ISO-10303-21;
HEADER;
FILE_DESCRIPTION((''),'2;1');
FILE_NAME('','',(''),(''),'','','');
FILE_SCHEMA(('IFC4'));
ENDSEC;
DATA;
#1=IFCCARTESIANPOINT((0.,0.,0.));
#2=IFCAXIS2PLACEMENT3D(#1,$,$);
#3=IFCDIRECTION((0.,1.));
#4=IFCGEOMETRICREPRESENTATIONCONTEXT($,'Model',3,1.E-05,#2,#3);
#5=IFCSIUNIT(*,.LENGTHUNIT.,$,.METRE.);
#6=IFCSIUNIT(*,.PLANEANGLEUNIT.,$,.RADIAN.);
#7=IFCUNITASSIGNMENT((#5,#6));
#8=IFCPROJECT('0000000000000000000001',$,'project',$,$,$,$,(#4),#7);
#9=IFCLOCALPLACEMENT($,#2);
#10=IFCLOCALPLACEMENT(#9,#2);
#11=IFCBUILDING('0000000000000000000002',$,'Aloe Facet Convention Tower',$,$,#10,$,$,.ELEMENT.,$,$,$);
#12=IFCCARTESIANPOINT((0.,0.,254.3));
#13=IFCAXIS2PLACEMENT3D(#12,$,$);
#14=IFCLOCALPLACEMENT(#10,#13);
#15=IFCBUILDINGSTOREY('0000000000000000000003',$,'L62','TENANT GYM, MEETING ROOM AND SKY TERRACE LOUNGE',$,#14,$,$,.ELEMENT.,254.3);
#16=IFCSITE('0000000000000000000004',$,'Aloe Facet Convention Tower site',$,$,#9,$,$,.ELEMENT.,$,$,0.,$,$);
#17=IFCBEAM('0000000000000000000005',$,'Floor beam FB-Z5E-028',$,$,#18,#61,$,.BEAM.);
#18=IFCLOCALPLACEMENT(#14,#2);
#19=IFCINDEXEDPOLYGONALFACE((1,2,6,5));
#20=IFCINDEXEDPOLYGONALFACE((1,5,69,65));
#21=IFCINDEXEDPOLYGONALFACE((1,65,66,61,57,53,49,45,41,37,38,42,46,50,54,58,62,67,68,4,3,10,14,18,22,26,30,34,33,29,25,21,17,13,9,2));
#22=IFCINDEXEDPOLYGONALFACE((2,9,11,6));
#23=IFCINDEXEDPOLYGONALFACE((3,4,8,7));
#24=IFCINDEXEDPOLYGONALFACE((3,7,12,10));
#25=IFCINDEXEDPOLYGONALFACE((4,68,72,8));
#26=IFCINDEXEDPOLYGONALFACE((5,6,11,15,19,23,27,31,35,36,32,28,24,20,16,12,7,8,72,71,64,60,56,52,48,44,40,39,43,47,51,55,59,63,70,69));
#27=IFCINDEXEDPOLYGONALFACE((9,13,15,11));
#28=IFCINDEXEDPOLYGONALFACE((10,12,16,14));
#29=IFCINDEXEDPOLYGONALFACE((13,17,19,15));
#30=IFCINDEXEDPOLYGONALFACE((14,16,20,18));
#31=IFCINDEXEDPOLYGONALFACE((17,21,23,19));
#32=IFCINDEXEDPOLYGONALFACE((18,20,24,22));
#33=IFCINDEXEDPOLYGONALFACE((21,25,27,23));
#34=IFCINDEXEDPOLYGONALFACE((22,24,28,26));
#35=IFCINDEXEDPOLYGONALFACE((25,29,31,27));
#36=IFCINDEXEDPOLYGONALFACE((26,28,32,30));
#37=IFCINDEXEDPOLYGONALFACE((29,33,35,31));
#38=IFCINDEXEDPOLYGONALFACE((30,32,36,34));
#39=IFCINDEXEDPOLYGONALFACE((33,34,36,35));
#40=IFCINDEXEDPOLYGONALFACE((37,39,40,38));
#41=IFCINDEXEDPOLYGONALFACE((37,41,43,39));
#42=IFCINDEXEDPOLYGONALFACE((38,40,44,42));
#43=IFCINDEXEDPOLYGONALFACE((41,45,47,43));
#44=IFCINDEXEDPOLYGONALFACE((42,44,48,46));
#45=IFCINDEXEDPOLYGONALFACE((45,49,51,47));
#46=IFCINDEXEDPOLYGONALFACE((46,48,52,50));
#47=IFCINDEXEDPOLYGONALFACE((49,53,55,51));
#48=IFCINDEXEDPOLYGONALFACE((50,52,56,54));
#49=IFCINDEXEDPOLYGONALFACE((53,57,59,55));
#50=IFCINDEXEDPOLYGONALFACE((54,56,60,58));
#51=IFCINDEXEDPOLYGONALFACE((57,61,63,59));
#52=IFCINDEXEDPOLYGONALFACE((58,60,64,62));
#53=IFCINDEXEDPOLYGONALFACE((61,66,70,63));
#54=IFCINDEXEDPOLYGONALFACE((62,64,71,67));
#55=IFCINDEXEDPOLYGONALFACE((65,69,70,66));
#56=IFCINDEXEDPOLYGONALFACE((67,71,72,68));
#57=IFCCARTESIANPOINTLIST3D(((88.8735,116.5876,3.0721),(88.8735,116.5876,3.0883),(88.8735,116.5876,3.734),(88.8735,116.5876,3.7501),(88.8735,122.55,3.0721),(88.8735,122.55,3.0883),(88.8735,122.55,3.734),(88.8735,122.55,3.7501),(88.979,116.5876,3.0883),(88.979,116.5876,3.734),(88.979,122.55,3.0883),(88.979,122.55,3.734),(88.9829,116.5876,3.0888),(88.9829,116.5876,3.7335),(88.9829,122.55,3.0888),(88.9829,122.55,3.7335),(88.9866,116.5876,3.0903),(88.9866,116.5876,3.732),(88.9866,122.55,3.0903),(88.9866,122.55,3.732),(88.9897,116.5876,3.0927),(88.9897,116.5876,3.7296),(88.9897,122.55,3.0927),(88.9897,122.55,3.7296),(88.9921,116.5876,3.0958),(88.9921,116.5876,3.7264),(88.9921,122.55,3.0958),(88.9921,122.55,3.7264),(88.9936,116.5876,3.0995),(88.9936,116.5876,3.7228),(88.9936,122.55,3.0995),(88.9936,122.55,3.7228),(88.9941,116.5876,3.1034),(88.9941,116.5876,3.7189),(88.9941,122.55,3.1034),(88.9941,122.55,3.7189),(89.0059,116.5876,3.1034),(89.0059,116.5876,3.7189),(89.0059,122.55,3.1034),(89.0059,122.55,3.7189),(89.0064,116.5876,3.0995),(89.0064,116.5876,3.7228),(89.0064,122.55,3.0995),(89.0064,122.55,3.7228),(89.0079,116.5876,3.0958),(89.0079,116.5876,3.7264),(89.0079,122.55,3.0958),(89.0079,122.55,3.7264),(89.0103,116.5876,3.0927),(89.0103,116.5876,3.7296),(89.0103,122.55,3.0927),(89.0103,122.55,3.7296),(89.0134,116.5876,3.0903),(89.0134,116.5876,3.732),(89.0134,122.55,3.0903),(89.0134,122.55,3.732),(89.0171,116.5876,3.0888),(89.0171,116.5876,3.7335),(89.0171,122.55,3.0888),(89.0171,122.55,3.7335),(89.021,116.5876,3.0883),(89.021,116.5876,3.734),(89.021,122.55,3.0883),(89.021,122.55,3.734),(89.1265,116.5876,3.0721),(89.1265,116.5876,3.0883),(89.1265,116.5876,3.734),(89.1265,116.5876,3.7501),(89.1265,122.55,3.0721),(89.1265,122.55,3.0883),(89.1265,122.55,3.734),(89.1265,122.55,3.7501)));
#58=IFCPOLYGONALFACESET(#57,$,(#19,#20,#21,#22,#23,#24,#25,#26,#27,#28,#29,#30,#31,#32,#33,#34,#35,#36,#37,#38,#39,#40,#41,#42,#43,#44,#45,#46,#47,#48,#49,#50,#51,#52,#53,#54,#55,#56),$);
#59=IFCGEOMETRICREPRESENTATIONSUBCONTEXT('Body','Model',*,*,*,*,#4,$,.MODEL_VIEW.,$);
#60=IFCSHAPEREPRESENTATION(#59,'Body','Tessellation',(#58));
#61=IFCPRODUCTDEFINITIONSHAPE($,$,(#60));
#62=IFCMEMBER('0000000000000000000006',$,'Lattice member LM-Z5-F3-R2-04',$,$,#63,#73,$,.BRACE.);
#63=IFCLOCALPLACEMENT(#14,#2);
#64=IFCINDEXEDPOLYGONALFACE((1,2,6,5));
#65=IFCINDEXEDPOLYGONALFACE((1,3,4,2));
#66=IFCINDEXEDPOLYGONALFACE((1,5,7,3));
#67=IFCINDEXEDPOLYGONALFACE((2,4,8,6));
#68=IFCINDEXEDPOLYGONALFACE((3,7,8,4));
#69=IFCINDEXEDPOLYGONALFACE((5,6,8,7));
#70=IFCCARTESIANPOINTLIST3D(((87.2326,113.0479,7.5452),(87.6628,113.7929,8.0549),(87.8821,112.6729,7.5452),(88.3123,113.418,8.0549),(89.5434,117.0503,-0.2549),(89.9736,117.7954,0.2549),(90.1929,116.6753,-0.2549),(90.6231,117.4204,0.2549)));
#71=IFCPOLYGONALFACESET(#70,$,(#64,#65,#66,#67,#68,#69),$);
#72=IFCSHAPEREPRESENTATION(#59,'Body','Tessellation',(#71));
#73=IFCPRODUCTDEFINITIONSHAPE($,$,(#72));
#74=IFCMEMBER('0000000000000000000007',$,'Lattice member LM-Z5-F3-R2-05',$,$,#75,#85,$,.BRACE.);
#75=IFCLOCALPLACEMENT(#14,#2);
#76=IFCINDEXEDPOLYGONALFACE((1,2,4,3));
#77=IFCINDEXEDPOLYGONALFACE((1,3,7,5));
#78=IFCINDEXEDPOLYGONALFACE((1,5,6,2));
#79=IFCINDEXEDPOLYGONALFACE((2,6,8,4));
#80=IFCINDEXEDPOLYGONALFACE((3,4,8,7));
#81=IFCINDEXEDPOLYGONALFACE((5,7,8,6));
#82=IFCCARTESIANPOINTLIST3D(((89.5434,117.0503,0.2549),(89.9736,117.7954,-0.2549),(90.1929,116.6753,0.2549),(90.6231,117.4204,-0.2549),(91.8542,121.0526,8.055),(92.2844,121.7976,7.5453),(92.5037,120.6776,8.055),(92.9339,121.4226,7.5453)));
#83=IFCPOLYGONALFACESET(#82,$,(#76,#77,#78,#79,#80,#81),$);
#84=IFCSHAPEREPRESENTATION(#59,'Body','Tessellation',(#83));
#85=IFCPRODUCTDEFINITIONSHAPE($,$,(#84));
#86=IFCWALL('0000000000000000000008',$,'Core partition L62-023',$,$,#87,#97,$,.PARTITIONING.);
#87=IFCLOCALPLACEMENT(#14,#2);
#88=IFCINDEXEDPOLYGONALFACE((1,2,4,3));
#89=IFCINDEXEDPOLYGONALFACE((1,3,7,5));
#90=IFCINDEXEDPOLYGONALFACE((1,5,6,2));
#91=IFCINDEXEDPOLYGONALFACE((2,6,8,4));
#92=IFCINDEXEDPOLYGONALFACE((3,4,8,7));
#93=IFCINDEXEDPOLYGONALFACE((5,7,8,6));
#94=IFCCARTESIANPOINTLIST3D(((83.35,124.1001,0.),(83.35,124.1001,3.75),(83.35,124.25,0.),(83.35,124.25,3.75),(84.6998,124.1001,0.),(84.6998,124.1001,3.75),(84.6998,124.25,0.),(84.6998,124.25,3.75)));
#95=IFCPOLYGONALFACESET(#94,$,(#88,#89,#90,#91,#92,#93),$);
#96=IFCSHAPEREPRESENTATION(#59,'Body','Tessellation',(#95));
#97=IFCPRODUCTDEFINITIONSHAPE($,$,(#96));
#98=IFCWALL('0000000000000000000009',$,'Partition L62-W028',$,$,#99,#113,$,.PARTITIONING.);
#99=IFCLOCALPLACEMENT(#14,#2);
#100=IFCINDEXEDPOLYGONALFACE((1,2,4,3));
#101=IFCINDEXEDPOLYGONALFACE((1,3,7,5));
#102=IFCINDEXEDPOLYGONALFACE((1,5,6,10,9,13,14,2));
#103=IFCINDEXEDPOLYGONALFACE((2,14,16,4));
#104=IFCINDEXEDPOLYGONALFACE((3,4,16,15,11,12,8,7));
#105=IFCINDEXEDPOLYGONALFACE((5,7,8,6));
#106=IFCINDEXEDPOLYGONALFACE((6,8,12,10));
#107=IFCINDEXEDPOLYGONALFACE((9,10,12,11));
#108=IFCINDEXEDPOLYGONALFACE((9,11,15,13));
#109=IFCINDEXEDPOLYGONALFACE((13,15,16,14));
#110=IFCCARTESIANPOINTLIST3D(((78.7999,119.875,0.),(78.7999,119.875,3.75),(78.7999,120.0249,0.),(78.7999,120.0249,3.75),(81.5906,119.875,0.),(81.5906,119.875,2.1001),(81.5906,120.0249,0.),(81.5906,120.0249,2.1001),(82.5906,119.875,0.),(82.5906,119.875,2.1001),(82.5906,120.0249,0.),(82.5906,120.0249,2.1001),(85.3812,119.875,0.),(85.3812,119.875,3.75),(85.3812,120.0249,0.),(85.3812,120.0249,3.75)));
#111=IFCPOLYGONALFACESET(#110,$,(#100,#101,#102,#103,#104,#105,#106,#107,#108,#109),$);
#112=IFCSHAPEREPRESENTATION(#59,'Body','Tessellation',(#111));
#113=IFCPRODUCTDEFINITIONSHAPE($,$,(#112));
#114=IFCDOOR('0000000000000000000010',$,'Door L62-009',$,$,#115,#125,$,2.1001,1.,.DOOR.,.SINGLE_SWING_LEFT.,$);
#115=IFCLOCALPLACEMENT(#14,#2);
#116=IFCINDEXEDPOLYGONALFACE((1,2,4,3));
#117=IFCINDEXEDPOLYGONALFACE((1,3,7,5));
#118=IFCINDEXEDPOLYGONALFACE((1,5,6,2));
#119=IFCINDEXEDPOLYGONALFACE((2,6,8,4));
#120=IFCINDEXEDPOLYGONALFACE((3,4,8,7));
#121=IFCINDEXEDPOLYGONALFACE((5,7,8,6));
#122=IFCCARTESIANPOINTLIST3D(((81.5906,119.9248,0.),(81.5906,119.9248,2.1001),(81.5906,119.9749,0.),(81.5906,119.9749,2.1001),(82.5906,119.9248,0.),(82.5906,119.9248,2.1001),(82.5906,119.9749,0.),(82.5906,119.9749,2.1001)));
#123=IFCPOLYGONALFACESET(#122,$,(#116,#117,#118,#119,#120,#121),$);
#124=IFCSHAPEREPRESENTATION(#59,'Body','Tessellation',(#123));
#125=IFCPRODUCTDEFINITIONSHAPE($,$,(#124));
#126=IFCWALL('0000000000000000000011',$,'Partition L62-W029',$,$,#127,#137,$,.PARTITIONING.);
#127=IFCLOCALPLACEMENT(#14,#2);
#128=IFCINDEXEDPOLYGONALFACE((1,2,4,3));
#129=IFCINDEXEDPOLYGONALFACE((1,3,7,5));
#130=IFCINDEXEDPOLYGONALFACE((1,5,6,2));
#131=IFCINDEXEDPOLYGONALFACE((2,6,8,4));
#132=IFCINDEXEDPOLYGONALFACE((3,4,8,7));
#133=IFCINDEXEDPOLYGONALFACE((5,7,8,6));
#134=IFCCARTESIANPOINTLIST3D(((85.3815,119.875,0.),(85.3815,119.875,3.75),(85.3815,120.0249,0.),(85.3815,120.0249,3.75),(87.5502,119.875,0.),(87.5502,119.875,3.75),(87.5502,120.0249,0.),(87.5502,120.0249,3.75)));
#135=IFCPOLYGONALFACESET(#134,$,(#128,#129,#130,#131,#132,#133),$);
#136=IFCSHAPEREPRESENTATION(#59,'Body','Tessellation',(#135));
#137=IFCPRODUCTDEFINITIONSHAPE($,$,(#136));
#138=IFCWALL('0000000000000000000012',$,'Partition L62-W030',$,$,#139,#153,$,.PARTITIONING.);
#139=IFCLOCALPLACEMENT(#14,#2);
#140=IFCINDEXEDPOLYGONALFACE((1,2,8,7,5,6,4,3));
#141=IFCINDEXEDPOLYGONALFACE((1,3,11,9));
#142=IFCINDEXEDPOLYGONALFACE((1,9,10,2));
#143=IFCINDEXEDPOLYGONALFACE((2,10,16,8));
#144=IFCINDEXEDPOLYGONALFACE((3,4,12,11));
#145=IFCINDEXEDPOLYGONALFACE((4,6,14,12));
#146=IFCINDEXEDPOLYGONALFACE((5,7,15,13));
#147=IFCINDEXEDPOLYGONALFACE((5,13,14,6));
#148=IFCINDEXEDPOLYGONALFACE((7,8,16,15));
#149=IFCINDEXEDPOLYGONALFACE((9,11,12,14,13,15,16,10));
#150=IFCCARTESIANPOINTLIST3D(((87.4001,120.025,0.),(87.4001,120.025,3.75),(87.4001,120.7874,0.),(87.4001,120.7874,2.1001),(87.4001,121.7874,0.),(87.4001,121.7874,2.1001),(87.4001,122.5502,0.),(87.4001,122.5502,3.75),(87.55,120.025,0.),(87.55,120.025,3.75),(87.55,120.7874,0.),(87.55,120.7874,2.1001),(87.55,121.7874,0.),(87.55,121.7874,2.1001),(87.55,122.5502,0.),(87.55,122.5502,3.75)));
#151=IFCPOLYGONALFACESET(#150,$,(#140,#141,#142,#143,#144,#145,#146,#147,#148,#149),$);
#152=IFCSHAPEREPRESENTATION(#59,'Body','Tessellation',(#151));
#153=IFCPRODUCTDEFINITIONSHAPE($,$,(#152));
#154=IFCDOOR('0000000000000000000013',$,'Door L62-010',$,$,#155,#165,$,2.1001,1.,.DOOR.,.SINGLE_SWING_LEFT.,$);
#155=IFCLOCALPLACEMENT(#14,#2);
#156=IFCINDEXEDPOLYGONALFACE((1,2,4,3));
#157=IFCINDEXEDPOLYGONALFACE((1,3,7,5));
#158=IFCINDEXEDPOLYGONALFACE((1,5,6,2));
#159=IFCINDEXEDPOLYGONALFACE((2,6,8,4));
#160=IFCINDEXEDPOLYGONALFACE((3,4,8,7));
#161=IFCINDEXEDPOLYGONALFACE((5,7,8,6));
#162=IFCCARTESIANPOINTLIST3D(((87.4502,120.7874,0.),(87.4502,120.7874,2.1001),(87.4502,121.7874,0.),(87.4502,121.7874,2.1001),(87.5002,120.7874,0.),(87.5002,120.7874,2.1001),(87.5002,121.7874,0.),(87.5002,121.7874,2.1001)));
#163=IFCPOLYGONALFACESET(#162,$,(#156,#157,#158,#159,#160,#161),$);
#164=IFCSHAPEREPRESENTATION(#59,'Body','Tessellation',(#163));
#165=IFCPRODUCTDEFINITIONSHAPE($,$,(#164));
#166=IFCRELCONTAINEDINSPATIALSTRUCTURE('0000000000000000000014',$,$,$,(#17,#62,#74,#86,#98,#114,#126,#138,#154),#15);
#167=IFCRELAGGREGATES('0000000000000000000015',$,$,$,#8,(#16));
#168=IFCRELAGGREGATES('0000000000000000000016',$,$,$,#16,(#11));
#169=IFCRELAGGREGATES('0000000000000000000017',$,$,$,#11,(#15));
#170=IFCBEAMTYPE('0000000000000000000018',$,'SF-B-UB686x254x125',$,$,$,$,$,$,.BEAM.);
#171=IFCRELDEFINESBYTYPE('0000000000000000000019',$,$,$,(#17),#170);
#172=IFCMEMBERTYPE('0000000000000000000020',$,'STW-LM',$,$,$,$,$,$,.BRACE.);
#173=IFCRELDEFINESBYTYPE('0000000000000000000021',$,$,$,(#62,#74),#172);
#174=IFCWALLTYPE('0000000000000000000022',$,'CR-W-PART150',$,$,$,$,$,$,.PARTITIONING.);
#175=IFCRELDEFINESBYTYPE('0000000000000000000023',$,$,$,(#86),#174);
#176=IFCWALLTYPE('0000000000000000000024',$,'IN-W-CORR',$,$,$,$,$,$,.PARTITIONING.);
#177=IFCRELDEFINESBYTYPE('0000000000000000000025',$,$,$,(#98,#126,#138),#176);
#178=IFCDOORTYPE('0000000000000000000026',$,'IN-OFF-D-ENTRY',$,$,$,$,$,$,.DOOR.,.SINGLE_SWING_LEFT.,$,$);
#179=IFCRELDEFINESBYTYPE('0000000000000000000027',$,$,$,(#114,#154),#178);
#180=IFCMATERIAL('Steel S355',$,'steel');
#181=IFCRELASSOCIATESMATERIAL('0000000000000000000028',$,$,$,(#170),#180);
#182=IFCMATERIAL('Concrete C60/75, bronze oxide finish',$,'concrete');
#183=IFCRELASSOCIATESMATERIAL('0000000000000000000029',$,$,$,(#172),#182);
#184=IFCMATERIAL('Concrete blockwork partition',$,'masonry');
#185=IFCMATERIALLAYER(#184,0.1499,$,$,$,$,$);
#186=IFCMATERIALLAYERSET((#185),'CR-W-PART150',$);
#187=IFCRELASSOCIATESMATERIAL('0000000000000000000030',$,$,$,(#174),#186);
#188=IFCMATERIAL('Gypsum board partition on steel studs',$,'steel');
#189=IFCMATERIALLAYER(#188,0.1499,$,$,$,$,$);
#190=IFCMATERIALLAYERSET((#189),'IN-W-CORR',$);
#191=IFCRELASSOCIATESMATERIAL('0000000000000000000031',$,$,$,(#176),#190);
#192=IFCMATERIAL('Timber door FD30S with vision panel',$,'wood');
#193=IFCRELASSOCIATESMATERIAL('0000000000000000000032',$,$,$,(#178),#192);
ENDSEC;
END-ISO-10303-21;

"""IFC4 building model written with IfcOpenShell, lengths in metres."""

from ifc_helpers import new_model, si_unit, direction, frame, frame_2d, origin, origin_2d, place, context, subcontext, project, spatial, rectangle, i_section, extrude, material, layer, layer_set, material_profile, profile_set, type_object, element, fill, save


model = new_model("IFC4")

# Units and contexts
model_context = context("Model", 3, precision=1e-05, world=origin(), true_north=direction((0.0, 1.0)))
body_context = subcontext(model_context, "Body", "Model", "MODEL_VIEW")
ifc_project = project(units=[si_unit("LENGTHUNIT", "METRE"), si_unit("PLANEANGLEUNIT", "RADIAN")], contexts=[model_context])

# Site, building, storey
site_placement = place(None, origin())
site = spatial("IfcSite", under=ifc_project, at=site_placement, Name="Aloe Facet Convention Tower site", CompositionType="ELEMENT", RefElevation=0.0)
building_placement = place(site_placement, origin())
building = spatial("IfcBuilding", under=site, at=building_placement, Name="Aloe Facet Convention Tower", CompositionType="ELEMENT")
storey_placement = place(building_placement, frame((0.0, 0.0, 254.3)))
storey = spatial("IfcBuildingStorey", under=building, at=storey_placement, Name="L62", Description="TENANT GYM, MEETING ROOM AND SKY TERRACE LOUNGE", CompositionType="ELEMENT", Elevation=254.3)

# Beam
ifc_material_1 = material(Name="Steel S355", Category="steel")
ifc_material_profile_1 = material_profile(ifc_material_1, i_section(OverallWidth=0.2529, OverallDepth=0.678, WebThickness=0.0117, FlangeThickness=0.0161, FilletRadius=0.0151, at=origin_2d()), Name="UB 686x254x125")
ifc_profile_set_1 = profile_set([ifc_material_profile_1], Name="Steel S355")
beam_type_1 = type_object("IfcBeamType", Name="SF-B-UB686x254x125", PredefinedType="BEAM", material=ifc_profile_set_1)
beam_1_placement = place(storey_placement, frame((89.0, 122.55, 3.4111), z_axis=(0.0, -1.0, 0.0), x_axis=(1.0, 0.0, 0.0)))
element("IfcBeam", 1, at=beam_1_placement, inside=storey, type_object=beam_type_1, Name="Floor beam FB-Z5E-028", PredefinedType="BEAM", context=body_context, shape_type="SweptSolid", body=[
    extrude(i_section(OverallWidth=0.2529, OverallDepth=0.678, WebThickness=0.0117, FlangeThickness=0.0161, FilletRadius=0.0151, at=origin_2d()), origin(), (0.0, 0.0, 1.0), 5.9624),
])

# Members
ifc_material_2 = material(Name="Concrete C60/75, bronze oxide finish", Category="concrete")
ifc_material_profile_2 = material_profile(ifc_material_2, rectangle(XDim=0.75, YDim=1.0, at=origin_2d()), Name="STW-LM")
ifc_profile_set_2 = profile_set([ifc_material_profile_2], Name="Concrete C60/75, bronze oxide finish")
member_type = type_object("IfcMemberType", Name="STW-LM", PredefinedType="BRACE", material=ifc_profile_set_2)
for number, where, z_axis, x_axis, name in (
    (2, (90.0833, 117.2354, 0.0), (-0.254873, -0.441458, 0.860322), (0.866027, -0.499997, 0.0), "Lattice member LM-Z5-F3-R2-04"),
    (3, (90.0833, 117.2354, 0.0), (0.254876, 0.441436, 0.860333), (-0.866014, 0.50002, 0.0), "Lattice member LM-Z5-F3-R2-05"),
):
    element("IfcMember", number, at=place(storey_placement, frame(where, z_axis=z_axis, x_axis=x_axis)), inside=storey, type_object=member_type, Name=name, PredefinedType="BRACE", context=body_context, shape_type="SweptSolid", body=[
        extrude(rectangle(XDim=0.75, YDim=1.0, at=origin_2d()), origin(), (0.0, 0.0, 1.0), 9.0664),
    ])

# Wall
ifc_material_3 = material(Name="Concrete blockwork partition", Category="masonry")
ifc_layer_1 = layer(ifc_material_3, 0.1499)
ifc_layer_set_1 = layer_set([ifc_layer_1], Name="CR-W-PART150")
wall_type_1 = type_object("IfcWallType", Name="CR-W-PART150", PredefinedType="PARTITIONING", material=ifc_layer_set_1)
wall_1_placement = place(storey_placement, frame((83.3501, 124.175, 0.0), z_axis=(0.0, 0.0, 1.0), x_axis=(1.0, 0.0, 0.0)))
element("IfcWall", 4, at=wall_1_placement, inside=storey, type_object=wall_type_1, Name="Core partition L62-023", PredefinedType="PARTITIONING", context=body_context, shape_type="SweptSolid", body=[
    extrude(rectangle(XDim=1.3499, YDim=0.1499, at=frame_2d((0.6748, 0.0))), origin(), (0.0, 0.0, 1.0), 3.75),
])

# Wall, opening, door
ifc_material_4 = material(Name="Gypsum board partition on steel studs", Category="steel")
ifc_layer_2 = layer(ifc_material_4, 0.1499)
ifc_layer_set_2 = layer_set([ifc_layer_2], Name="IN-W-CORR")
wall_type_2 = type_object("IfcWallType", Name="IN-W-CORR", PredefinedType="PARTITIONING", material=ifc_layer_set_2)
wall_2_placement = place(storey_placement, frame((78.8, 119.95, 0.0), z_axis=(0.0, 0.0, 1.0), x_axis=(1.0, 0.0, 0.0)))
wall_2 = element("IfcWall", 5, at=wall_2_placement, inside=storey, type_object=wall_type_2, Name="Partition L62-W028", PredefinedType="PARTITIONING", context=body_context, shape_type="SweptSolid", body=[
    extrude(rectangle(XDim=6.5813, YDim=0.1499, at=frame_2d((3.2905, 0.0))), origin(), (0.0, 0.0, 1.0), 3.75),
])
opening_1_placement = place(wall_2_placement, frame((2.7905, 0.0, 0.0)))
opening_1 = element("IfcOpeningElement", 6, at=opening_1_placement, cuts=wall_2, PredefinedType="OPENING", context=body_context, shape_type="SweptSolid", body=[
    extrude(rectangle(XDim=1.0, YDim=2.1001, at=frame_2d((0.5, 1.05))), frame((0.0, 0.085, 0.0), z_axis=(0.0, -1.0, 0.0), x_axis=(1.0, 0.0, 0.0)), (0.0, 0.0, 1.0), 0.1699),
])
ifc_material_5 = material(Name="Timber door FD30S with vision panel", Category="wood")
door_type_1 = type_object("IfcDoorType", Name="IN-OFF-D-ENTRY", OperationType="SINGLE_SWING_LEFT", PredefinedType="DOOR", material=ifc_material_5)
door_1_placement = place(opening_1_placement, origin())
door_1 = element("IfcDoor", 7, at=door_1_placement, inside=storey, type_object=door_type_1, Name="Door L62-009", OperationType="SINGLE_SWING_LEFT", OverallHeight=2.1001, OverallWidth=1.0, PredefinedType="DOOR", context=body_context, shape_type="SweptSolid", body=[
    extrude(rectangle(XDim=1.0, YDim=2.1001, at=frame_2d((0.5, 1.05))), frame((0.0, 0.0249, 0.0), z_axis=(0.0, -1.0, 0.0), x_axis=(1.0, 0.0, 0.0)), (0.0, 0.0, 1.0), 0.05),
])
fill(opening_1, door_1)

# Wall
wall_3_placement = place(storey_placement, frame((85.3813, 119.95, 0.0), z_axis=(0.0, 0.0, 1.0), x_axis=(1.0, 0.0, 0.0)))
element("IfcWall", 8, at=wall_3_placement, inside=storey, type_object=wall_type_2, Name="Partition L62-W029", PredefinedType="PARTITIONING", context=body_context, shape_type="SweptSolid", body=[
    extrude(rectangle(XDim=2.1687, YDim=0.1499, at=frame_2d((1.0845, 0.0))), origin(), (0.0, 0.0, 1.0), 3.75),
])

# Wall, opening, door
wall_4_placement = place(storey_placement, frame((87.4751, 120.0249, 0.0), z_axis=(0.0, 0.0, 1.0), x_axis=(0.0, 1.0, 0.0)))
wall_4 = element("IfcWall", 9, at=wall_4_placement, inside=storey, type_object=wall_type_2, Name="Partition L62-W030", PredefinedType="PARTITIONING", context=body_context, shape_type="SweptSolid", body=[
    extrude(rectangle(XDim=2.5251, YDim=0.1499, at=frame_2d((1.2627, 0.0))), origin(), (0.0, 0.0, 1.0), 3.75),
])
opening_2_placement = place(wall_4_placement, frame((0.7625, 0.0, 0.0)))
opening_2 = element("IfcOpeningElement", 10, at=opening_2_placement, cuts=wall_4, PredefinedType="OPENING", context=body_context, shape_type="SweptSolid", body=[
    extrude(rectangle(XDim=1.0, YDim=2.1001, at=frame_2d((0.5, 1.05))), frame((0.0, 0.085, 0.0), z_axis=(0.0, -1.0, 0.0), x_axis=(1.0, 0.0, 0.0)), (0.0, 0.0, 1.0), 0.1699),
])
door_2_placement = place(opening_2_placement, origin())
door_2 = element("IfcDoor", 11, at=door_2_placement, inside=storey, type_object=door_type_1, Name="Door L62-010", OperationType="SINGLE_SWING_LEFT", OverallHeight=2.1001, OverallWidth=1.0, PredefinedType="DOOR", context=body_context, shape_type="SweptSolid", body=[
    extrude(rectangle(XDim=1.0, YDim=2.1001, at=frame_2d((0.5, 1.05))), frame((0.0, 0.0249, 0.0), z_axis=(0.0, -1.0, 0.0), x_axis=(1.0, 0.0, 0.0)), (0.0, 0.0, 1.0), 0.05),
])
fill(opening_2, door_2)

save(model, "model.ifc")
